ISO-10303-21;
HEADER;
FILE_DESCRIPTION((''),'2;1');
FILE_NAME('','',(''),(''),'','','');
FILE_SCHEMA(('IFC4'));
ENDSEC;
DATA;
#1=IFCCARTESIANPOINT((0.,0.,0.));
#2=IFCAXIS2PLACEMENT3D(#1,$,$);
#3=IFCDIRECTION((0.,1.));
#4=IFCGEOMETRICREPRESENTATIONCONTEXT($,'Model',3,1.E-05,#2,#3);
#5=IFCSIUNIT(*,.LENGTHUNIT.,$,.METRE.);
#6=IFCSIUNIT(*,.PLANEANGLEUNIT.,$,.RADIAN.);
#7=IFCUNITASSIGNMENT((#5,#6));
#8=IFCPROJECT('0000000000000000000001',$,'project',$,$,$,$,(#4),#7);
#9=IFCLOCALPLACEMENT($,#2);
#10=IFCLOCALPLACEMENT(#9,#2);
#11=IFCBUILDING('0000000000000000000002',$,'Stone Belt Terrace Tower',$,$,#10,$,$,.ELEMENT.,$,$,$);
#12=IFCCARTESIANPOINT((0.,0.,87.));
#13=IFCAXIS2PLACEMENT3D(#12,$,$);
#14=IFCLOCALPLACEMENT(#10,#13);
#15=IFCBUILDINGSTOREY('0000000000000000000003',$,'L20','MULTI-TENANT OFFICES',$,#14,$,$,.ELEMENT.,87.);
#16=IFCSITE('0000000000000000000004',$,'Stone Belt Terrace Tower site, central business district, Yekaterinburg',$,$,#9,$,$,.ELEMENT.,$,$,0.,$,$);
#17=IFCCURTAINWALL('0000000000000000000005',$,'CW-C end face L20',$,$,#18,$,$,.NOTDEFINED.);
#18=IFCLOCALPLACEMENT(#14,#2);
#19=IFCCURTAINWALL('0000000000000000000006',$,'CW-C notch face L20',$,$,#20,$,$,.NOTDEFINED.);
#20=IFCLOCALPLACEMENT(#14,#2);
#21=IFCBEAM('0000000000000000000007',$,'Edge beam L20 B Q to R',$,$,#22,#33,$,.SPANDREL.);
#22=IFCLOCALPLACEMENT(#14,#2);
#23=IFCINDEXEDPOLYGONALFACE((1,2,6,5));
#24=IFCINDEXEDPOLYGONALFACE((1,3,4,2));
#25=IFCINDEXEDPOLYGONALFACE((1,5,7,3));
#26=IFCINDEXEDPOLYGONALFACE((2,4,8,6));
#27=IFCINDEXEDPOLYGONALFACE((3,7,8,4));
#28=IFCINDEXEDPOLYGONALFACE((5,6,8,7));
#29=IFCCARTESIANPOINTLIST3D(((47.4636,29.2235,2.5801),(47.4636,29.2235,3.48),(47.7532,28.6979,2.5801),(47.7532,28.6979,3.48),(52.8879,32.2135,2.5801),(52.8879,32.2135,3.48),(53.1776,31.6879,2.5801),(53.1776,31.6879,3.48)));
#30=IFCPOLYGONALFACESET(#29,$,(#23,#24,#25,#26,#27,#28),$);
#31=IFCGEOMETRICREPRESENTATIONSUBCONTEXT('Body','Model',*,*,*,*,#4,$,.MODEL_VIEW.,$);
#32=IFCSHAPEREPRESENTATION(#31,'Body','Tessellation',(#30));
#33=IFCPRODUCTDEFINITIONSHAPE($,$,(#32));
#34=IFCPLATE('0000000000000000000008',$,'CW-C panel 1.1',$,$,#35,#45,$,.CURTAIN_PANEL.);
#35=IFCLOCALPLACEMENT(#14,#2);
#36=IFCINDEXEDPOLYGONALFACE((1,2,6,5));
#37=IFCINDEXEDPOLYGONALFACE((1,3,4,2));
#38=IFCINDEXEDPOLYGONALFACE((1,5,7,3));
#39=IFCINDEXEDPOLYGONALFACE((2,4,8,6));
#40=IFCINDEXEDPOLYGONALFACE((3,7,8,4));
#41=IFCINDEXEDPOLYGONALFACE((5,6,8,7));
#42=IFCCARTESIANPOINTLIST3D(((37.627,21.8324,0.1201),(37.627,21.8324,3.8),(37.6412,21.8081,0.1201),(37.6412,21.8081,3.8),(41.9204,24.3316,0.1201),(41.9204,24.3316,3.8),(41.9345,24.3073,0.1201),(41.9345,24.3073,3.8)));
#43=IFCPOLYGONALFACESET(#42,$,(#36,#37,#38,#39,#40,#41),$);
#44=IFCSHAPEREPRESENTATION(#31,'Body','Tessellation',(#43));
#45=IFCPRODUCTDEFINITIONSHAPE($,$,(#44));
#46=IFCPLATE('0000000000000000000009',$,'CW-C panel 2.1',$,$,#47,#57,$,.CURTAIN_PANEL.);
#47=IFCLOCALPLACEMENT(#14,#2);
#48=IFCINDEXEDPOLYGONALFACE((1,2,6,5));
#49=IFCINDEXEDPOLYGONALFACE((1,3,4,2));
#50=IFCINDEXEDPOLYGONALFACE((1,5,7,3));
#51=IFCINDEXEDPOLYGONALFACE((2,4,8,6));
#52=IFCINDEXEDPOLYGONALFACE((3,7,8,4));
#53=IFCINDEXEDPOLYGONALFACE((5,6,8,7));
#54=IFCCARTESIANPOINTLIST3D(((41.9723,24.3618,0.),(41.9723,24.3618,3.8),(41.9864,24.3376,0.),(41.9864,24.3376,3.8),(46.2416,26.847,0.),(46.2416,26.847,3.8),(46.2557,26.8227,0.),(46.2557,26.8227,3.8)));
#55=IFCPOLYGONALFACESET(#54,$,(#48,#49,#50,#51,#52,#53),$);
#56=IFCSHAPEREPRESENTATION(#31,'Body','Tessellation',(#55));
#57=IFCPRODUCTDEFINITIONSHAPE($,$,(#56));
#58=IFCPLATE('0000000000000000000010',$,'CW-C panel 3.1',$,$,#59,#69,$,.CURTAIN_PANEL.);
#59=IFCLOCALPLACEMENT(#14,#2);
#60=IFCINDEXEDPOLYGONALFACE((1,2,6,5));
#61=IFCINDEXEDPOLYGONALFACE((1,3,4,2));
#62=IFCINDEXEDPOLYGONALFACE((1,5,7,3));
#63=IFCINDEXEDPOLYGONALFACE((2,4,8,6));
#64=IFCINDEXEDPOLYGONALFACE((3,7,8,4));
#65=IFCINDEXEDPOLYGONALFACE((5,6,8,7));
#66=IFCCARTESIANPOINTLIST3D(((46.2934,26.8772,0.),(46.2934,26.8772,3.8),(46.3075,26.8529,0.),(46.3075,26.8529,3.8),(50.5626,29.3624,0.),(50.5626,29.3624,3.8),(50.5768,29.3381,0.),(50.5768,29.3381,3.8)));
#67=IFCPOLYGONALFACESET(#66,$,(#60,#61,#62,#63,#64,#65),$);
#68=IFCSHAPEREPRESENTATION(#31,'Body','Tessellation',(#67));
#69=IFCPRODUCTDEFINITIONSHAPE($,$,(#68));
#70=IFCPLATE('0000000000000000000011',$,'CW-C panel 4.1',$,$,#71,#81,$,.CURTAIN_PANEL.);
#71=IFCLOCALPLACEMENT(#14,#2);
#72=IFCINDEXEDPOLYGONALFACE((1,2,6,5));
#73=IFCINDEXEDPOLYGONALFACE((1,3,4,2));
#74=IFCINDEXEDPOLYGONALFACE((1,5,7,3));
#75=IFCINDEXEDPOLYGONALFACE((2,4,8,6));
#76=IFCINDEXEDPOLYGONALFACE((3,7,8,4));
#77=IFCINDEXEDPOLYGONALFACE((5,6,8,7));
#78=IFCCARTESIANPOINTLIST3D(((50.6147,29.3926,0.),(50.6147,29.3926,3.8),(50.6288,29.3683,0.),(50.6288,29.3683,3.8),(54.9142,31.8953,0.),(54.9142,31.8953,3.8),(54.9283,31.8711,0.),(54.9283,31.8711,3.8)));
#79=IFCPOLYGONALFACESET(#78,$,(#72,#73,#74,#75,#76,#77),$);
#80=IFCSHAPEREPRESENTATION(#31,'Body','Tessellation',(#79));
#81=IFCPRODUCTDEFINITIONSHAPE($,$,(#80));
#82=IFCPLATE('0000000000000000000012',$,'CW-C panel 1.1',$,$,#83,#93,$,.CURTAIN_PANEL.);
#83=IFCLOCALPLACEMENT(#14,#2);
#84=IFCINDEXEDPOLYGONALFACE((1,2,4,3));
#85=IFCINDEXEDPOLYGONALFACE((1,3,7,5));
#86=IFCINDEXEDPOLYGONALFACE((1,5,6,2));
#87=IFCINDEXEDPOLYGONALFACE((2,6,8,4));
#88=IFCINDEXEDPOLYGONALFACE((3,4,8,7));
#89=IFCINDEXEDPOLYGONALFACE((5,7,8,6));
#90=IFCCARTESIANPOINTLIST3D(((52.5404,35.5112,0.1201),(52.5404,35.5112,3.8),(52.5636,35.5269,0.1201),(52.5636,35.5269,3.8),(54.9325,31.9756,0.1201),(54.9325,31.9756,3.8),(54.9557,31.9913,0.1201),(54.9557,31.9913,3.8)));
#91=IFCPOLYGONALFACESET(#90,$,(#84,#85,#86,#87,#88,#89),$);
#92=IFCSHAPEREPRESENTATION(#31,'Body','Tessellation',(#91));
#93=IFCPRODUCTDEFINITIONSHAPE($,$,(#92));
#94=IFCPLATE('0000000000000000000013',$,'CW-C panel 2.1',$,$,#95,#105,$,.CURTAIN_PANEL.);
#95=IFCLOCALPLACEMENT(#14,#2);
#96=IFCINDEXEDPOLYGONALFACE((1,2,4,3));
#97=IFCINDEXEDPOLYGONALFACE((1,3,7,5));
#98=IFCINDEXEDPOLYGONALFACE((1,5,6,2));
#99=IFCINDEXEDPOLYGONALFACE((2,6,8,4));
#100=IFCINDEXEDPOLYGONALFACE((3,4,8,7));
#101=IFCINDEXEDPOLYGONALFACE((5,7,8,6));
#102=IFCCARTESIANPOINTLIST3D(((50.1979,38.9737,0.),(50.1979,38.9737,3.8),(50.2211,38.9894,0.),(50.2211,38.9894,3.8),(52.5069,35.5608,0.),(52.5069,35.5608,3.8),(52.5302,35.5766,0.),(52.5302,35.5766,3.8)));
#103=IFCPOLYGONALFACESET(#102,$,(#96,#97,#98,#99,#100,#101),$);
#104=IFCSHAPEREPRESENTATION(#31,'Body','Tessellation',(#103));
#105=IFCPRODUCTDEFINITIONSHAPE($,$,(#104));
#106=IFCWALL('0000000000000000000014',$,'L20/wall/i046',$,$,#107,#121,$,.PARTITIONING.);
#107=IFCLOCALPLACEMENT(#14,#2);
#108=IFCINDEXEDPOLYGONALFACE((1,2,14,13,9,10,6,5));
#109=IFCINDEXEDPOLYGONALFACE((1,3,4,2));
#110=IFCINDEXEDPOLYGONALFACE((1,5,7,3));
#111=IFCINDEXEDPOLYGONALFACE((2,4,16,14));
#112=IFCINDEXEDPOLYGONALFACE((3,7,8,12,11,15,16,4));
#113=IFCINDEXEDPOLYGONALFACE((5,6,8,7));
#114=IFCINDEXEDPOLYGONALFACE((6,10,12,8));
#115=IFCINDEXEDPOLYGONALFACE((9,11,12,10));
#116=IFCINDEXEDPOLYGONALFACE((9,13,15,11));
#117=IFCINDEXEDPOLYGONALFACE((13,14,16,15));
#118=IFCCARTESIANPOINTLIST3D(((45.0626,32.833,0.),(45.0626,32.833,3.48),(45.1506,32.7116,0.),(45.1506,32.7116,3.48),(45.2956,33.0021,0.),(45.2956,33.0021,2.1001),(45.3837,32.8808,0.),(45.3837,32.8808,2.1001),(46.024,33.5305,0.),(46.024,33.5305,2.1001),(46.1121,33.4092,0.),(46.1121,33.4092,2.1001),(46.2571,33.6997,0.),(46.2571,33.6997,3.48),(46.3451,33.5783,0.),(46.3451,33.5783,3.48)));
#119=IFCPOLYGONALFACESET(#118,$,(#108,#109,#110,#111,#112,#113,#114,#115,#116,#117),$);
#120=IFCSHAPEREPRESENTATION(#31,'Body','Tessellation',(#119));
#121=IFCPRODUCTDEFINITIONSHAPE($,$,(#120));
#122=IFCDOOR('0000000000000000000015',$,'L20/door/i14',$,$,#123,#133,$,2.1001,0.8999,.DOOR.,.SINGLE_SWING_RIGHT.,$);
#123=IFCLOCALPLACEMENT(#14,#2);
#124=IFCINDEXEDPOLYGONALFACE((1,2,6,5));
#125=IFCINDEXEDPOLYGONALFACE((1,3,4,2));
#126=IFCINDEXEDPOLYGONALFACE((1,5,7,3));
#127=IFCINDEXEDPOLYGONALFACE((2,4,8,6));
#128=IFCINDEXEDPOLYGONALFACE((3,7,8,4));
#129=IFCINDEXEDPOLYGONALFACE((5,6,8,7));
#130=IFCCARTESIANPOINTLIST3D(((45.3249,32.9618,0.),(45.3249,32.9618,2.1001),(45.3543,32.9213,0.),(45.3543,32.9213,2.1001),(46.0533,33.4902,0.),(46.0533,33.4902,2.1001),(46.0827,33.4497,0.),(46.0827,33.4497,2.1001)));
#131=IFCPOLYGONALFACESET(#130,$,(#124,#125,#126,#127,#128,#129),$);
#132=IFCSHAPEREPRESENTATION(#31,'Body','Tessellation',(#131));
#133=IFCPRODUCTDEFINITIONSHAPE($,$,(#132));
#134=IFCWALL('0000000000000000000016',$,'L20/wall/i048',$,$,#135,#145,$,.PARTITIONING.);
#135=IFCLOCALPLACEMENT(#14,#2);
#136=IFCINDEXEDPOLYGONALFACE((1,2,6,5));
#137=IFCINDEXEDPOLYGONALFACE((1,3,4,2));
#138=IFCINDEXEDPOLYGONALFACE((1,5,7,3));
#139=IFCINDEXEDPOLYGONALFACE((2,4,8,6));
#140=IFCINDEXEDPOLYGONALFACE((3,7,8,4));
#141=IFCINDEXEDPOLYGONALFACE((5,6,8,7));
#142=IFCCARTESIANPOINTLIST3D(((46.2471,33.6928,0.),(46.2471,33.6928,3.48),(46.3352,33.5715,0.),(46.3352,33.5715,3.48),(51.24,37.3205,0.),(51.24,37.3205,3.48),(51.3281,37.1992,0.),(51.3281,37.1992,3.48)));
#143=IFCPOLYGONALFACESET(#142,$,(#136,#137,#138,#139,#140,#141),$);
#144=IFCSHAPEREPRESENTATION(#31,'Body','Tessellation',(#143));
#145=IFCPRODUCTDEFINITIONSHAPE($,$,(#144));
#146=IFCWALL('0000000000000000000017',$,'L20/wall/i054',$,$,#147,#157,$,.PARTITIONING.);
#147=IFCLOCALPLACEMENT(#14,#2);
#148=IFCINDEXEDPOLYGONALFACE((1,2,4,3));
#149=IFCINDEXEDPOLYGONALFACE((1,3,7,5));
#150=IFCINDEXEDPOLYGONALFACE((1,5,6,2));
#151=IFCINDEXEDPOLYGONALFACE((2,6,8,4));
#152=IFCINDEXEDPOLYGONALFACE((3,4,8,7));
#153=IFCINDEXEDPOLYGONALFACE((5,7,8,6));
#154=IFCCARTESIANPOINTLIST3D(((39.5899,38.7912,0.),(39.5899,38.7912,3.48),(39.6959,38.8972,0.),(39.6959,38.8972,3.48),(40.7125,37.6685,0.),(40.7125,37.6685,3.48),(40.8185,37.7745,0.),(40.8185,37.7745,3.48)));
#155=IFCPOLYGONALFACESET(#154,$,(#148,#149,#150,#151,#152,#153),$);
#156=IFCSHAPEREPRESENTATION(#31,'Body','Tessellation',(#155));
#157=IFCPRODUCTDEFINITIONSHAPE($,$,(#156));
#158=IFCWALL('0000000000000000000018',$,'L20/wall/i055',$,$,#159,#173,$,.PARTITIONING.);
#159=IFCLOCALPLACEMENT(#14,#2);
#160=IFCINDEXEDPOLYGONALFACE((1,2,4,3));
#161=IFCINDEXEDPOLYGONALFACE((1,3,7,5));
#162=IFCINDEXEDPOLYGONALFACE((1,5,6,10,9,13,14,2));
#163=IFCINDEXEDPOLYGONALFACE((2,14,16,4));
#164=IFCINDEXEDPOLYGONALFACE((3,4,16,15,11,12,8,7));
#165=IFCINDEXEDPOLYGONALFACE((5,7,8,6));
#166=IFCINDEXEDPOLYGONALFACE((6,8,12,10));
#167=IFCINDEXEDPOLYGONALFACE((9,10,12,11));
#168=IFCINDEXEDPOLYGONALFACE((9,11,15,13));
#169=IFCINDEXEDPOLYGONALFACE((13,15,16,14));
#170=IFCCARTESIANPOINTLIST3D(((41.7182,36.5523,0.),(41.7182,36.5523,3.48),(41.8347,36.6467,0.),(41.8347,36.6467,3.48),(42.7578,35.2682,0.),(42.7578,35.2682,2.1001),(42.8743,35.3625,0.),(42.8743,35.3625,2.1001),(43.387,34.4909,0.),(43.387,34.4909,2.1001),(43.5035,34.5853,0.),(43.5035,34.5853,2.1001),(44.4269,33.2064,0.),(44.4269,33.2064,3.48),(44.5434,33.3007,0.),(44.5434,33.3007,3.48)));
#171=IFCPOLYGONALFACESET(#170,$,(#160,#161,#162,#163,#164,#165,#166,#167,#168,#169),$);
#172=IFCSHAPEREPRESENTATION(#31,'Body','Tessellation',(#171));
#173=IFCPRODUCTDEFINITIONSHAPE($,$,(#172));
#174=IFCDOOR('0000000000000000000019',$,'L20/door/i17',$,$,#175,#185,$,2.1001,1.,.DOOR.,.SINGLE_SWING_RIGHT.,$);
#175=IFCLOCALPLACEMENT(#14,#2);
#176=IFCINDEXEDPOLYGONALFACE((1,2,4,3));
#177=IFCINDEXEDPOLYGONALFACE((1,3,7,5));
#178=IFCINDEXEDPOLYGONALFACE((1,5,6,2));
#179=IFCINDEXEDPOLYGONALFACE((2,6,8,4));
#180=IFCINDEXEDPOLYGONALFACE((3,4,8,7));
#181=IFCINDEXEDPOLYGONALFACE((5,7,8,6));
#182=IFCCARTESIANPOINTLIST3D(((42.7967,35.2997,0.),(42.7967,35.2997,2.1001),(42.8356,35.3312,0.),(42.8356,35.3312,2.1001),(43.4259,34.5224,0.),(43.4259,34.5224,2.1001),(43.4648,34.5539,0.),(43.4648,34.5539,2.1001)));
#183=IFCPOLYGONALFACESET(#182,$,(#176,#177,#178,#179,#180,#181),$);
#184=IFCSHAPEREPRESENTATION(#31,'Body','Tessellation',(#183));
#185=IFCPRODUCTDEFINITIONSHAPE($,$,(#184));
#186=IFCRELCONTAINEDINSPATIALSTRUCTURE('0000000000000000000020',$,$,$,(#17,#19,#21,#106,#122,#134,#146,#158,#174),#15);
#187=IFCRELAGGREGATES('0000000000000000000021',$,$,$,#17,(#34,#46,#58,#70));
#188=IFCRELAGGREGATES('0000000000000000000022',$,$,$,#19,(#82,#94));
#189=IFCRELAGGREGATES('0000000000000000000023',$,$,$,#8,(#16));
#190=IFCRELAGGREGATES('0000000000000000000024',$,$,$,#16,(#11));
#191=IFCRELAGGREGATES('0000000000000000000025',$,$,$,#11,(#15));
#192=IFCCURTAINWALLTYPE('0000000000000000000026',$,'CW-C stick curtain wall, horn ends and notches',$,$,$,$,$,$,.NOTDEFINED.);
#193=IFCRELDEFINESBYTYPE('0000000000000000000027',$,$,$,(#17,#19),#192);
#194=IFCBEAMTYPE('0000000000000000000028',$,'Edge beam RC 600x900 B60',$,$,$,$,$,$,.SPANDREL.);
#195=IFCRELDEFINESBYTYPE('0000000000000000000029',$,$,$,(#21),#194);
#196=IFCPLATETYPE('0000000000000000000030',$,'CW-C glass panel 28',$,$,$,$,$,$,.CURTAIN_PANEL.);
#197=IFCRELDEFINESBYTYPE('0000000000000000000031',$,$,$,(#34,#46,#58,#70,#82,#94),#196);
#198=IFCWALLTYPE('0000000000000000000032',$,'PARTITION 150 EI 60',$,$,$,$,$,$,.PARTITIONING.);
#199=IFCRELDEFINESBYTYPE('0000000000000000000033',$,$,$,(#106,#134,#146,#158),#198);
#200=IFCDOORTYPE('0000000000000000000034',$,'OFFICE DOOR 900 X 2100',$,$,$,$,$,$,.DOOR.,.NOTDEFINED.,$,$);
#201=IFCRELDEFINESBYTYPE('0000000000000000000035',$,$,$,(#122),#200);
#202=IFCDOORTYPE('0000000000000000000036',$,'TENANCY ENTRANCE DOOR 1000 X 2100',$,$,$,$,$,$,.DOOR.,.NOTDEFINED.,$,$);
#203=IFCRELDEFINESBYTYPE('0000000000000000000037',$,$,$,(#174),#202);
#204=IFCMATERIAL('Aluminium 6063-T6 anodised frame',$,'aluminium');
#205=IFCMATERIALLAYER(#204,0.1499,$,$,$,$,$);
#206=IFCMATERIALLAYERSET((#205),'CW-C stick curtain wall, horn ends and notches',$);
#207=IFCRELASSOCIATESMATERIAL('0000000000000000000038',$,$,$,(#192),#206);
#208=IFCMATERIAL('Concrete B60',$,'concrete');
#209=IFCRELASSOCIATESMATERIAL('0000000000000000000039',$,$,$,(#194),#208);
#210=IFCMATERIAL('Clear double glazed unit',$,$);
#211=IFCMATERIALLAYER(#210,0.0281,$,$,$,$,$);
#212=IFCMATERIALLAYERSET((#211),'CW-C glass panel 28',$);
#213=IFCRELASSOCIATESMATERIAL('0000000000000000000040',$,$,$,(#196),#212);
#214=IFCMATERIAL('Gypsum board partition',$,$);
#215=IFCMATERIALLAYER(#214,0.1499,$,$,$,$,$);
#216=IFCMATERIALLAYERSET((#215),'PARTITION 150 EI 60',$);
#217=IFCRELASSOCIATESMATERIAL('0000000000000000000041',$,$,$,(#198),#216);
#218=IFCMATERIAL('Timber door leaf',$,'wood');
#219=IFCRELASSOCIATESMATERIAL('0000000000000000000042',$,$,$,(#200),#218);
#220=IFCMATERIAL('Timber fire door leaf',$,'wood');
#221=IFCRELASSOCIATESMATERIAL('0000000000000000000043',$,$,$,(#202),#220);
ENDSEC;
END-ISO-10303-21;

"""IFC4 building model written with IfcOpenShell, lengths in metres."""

from ifc_helpers import new_model, si_unit, direction, frame, frame_2d, origin, origin_2d, place, context, subcontext, project, spatial, rectangle, extrude, material, layer, layer_set, material_profile, profile_set, type_object, element, fill, aggregate, save


model = new_model("IFC4")

# Units and contexts
model_context = context("Model", 3, precision=1e-05, world=origin(), true_north=direction((0.0, 1.0)))
body_context = subcontext(model_context, "Body", "Model", "MODEL_VIEW")
ifc_project = project(units=[si_unit("LENGTHUNIT", "METRE"), si_unit("PLANEANGLEUNIT", "RADIAN")], contexts=[model_context])

# Site, building, storey
site_placement = place(None, origin())
site = spatial("IfcSite", under=ifc_project, at=site_placement, Name="Stone Belt Terrace Tower site, central business district, Yekaterinburg", CompositionType="ELEMENT", RefElevation=0.0)
building_placement = place(site_placement, origin())
building = spatial("IfcBuilding", under=site, at=building_placement, Name="Stone Belt Terrace Tower", CompositionType="ELEMENT")
storey_placement = place(building_placement, frame((0.0, 0.0, 87.0)))
storey = spatial("IfcBuildingStorey", under=building, at=storey_placement, Name="L20", Description="MULTI-TENANT OFFICES", CompositionType="ELEMENT", Elevation=87.0)

# Curtain walls
ifc_material_1 = material(Name="Aluminium 6063-T6 anodised frame", Category="aluminium")
ifc_layer_1 = layer(ifc_material_1, 0.1499)
ifc_layer_set_1 = layer_set([ifc_layer_1], Name="CW-C stick curtain wall, horn ends and notches")
curtain_wall_type = type_object("IfcCurtainWallType", Name="CW-C stick curtain wall, horn ends and notches", PredefinedType="NOTDEFINED", material=ifc_layer_set_1)
curtain_wall_1_placement = place(storey_placement, origin())
curtain_wall_1 = element("IfcCurtainWall", 1, at=curtain_wall_1_placement, inside=storey, type_object=curtain_wall_type, Name="CW-C end face L20", PredefinedType="NOTDEFINED")
curtain_wall_2_placement = place(storey_placement, origin())
curtain_wall_2 = element("IfcCurtainWall", 2, at=curtain_wall_2_placement, inside=storey, type_object=curtain_wall_type, Name="CW-C notch face L20", PredefinedType="NOTDEFINED")

# Beam
ifc_material_2 = material(Name="Concrete B60", Category="concrete")
ifc_material_profile_1 = material_profile(ifc_material_2, rectangle(XDim=0.6001, YDim=0.8999, at=origin_2d()), Name="RC 600x900")
ifc_profile_set_1 = profile_set([ifc_material_profile_1], Name="Concrete B60")
beam_type = type_object("IfcBeamType", Name="Edge beam RC 600x900 B60", PredefinedType="SPANDREL", material=ifc_profile_set_1)
beam_1_placement = place(storey_placement, frame((47.6084, 28.9607, 3.03), z_axis=(0.875764, 0.482739, 0.0), x_axis=(-0.482739, 0.875764, 0.0)))
element("IfcBeam", 3, at=beam_1_placement, inside=storey, type_object=beam_type, Name="Edge beam L20 B Q to R", PredefinedType="SPANDREL", context=body_context, shape_type="SweptSolid", body=[
    extrude(rectangle(XDim=0.6001, YDim=0.8999, at=origin_2d()), origin(), (0.0, 0.0, 1.0), 6.1938),
])

# Plates
ifc_material_3 = material(Name="Clear double glazed unit")
ifc_layer_2 = layer(ifc_material_3, 0.0281)
ifc_layer_set_2 = layer_set([ifc_layer_2], Name="CW-C glass panel 28")
plate_type = type_object("IfcPlateType", Name="CW-C glass panel 28", PredefinedType="CURTAIN_PANEL", material=ifc_layer_set_2)
plate_1_placement = place(storey_placement, frame((39.7808, 23.0698, 0.1201), z_axis=(0.0, 0.0, 1.0), x_axis=(0.864239, 0.503081, 0.0)))
plate_1 = element("IfcPlate", 4, at=plate_1_placement, type_object=plate_type, Name="CW-C panel 1.1", PredefinedType="CURTAIN_PANEL", context=body_context, shape_type="SweptSolid", body=[
    extrude(rectangle(XDim=4.9678, YDim=0.0281, at=origin_2d()), origin(), (0.0, 0.0, 1.0), 3.6799),
])
plate_2_placement = place(storey_placement, frame((44.114, 25.5923, 0.0), z_axis=(0.0, 0.0, 1.0), x_axis=(0.864239, 0.503081, 0.0)))
plate_2 = element("IfcPlate", 5, at=plate_2_placement, type_object=plate_type, Name="CW-C panel 2.1", PredefinedType="CURTAIN_PANEL", context=body_context, shape_type="SweptSolid", body=[
    extrude(rectangle(XDim=4.9399, YDim=0.0281, at=origin_2d()), origin(), (0.0, 0.0, 1.0), 3.8),
])
plate_3_placement = place(storey_placement, frame((48.4351, 28.1077, 0.0), z_axis=(0.0, 0.0, 1.0), x_axis=(0.864239, 0.503081, 0.0)))
plate_3 = element("IfcPlate", 6, at=plate_3_placement, type_object=plate_type, Name="CW-C panel 3.1", PredefinedType="CURTAIN_PANEL", context=body_context, shape_type="SweptSolid", body=[
    extrude(rectangle(XDim=4.9399, YDim=0.0281, at=origin_2d()), origin(), (0.0, 0.0, 1.0), 3.8),
])
plate_4_placement = place(storey_placement, frame((52.7715, 30.6318, 0.0), z_axis=(0.0, 0.0, 1.0), x_axis=(0.864239, 0.503081, 0.0)))
plate_4 = element("IfcPlate", 7, at=plate_4_placement, type_object=plate_type, Name="CW-C panel 4.1", PredefinedType="CURTAIN_PANEL", context=body_context, shape_type="SweptSolid", body=[
    extrude(rectangle(XDim=4.9749, YDim=0.0281, at=origin_2d()), origin(), (0.0, 0.0, 1.0), 3.8),
])
aggregate(curtain_wall_1, [plate_1, plate_2, plate_3, plate_4])
plate_5_placement = place(storey_placement, frame((53.748, 33.7512, 0.1201), z_axis=(0.0, 0.0, 1.0), x_axis=(-0.560367, 0.828244, 0.0)))
plate_5 = element("IfcPlate", 8, at=plate_5_placement, type_object=plate_type, Name="CW-C panel 1.1", PredefinedType="CURTAIN_PANEL", context=body_context, shape_type="SweptSolid", body=[
    extrude(rectangle(XDim=4.2688, YDim=0.0281, at=origin_2d()), origin(), (0.0, 0.0, 1.0), 3.6799),
])
plate_6_placement = place(storey_placement, frame((51.364, 37.2751, 0.0), z_axis=(0.0, 0.0, 1.0), x_axis=(-0.560367, 0.828244, 0.0)))
plate_6 = element("IfcPlate", 9, at=plate_6_placement, type_object=plate_type, Name="CW-C panel 2.1", PredefinedType="CURTAIN_PANEL", context=body_context, shape_type="SweptSolid", body=[
    extrude(rectangle(XDim=4.1206, YDim=0.0281, at=origin_2d()), origin(), (0.0, 0.0, 1.0), 3.8),
])
aggregate(curtain_wall_2, [plate_5, plate_6])

# Wall, opening, door
ifc_material_4 = material(Name="Gypsum board partition")
ifc_layer_3 = layer(ifc_material_4, 0.1499)
ifc_layer_set_3 = layer_set([ifc_layer_3], Name="PARTITION 150 EI 60")
wall_type = type_object("IfcWallType", Name="PARTITION 150 EI 60", PredefinedType="PARTITIONING", material=ifc_layer_set_3)
wall_1_placement = place(storey_placement, frame((46.301, 33.6389, 0.0), z_axis=(0.0, 0.0, 1.0), x_axis=(-0.809408, -0.587247, 0.0)))
wall_1 = element("IfcWall", 10, at=wall_1_placement, inside=storey, type_object=wall_type, Name="L20/wall/i046", PredefinedType="PARTITIONING", context=body_context, shape_type="SweptSolid", body=[
    extrude(rectangle(XDim=1.4758, YDim=0.1499, at=frame_2d((0.7378, 0.0))), origin(), (0.0, 0.0, 1.0), 3.48),
])
opening_1_placement = place(wall_1_placement, frame((0.2878, 0.0, 0.0)))
opening_1 = element("IfcOpeningElement", 11, at=opening_1_placement, cuts=wall_1, PredefinedType="OPENING", context=body_context, shape_type="SweptSolid", body=[
    extrude(rectangle(XDim=0.8999, YDim=2.1001, at=frame_2d((0.45, 1.05))), frame((0.0, 0.085, 0.0), z_axis=(0.0, -1.0, 0.0), x_axis=(1.0, 0.0, 0.0)), (0.0, 0.0, 1.0), 0.1699),
])
ifc_material_5 = material(Name="Timber door leaf", Category="wood")
door_type_1 = type_object("IfcDoorType", Name="OFFICE DOOR 900 X 2100", OperationType="NOTDEFINED", PredefinedType="DOOR", material=ifc_material_5)
door_1_placement = place(opening_1_placement, origin())
door_1 = element("IfcDoor", 12, at=door_1_placement, inside=storey, type_object=door_type_1, Name="L20/door/i14", OperationType="SINGLE_SWING_RIGHT", OverallHeight=2.1001, OverallWidth=0.8999, PredefinedType="DOOR", context=body_context, shape_type="SweptSolid", body=[
    extrude(rectangle(XDim=0.8999, YDim=2.1001, at=frame_2d((0.45, 1.05))), frame((0.0, 0.0249, 0.0), z_axis=(0.0, -1.0, 0.0), x_axis=(1.0, 0.0, 0.0)), (0.0, 0.0, 1.0), 0.05),
])
fill(opening_1, door_1)

# Walls
wall_2_placement = place(storey_placement, frame((46.291, 33.6321, 0.0), z_axis=(0.0, 0.0, 1.0), x_axis=(0.809008, 0.587798, 0.0)))
element("IfcWall", 13, at=wall_2_placement, inside=storey, type_object=wall_type, Name="L20/wall/i048", PredefinedType="PARTITIONING", context=body_context, shape_type="SweptSolid", body=[
    extrude(rectangle(XDim=6.1716, YDim=0.1499, at=frame_2d((3.0859, 0.0))), origin(), (0.0, 0.0, 1.0), 3.48),
])
wall_3_placement = place(storey_placement, frame((40.7656, 37.7214, 0.0), z_axis=(0.0, 0.0, 1.0), x_axis=(-0.707107, 0.707107, 0.0)))
element("IfcWall", 14, at=wall_3_placement, inside=storey, type_object=wall_type, Name="L20/wall/i054", PredefinedType="PARTITIONING", context=body_context, shape_type="SweptSolid", body=[
    extrude(rectangle(XDim=1.5876, YDim=0.1499, at=frame_2d((0.7939, 0.0))), origin(), (0.0, 0.0, 1.0), 3.48),
])

# Wall, opening, door
wall_4_placement = place(storey_placement, frame((44.4851, 33.2537, 0.0), z_axis=(0.0, 0.0, 1.0), x_axis=(-0.629215, 0.777232, 0.0)))
wall_4 = element("IfcWall", 15, at=wall_4_placement, inside=storey, type_object=wall_type, Name="L20/wall/i055", PredefinedType="PARTITIONING", context=body_context, shape_type="SweptSolid", body=[
    extrude(rectangle(XDim=4.3049, YDim=0.1499, at=frame_2d((2.1523, 0.0))), origin(), (0.0, 0.0, 1.0), 3.48),
])
opening_2_placement = place(wall_4_placement, frame((1.6526, 0.0, 0.0)))
opening_2 = element("IfcOpeningElement", 16, at=opening_2_placement, cuts=wall_4, PredefinedType="OPENING", context=body_context, shape_type="SweptSolid", body=[
    extrude(rectangle(XDim=1.0, YDim=2.1001, at=frame_2d((0.5, 1.05))), frame((0.0, 0.085, 0.0), z_axis=(0.0, -1.0, 0.0), x_axis=(1.0, 0.0, 0.0)), (0.0, 0.0, 1.0), 0.1699),
])
ifc_material_6 = material(Name="Timber fire door leaf", Category="wood")
door_type_2 = type_object("IfcDoorType", Name="TENANCY ENTRANCE DOOR 1000 X 2100", OperationType="NOTDEFINED", PredefinedType="DOOR", material=ifc_material_6)
door_2_placement = place(opening_2_placement, origin())
door_2 = element("IfcDoor", 17, at=door_2_placement, inside=storey, type_object=door_type_2, Name="L20/door/i17", OperationType="SINGLE_SWING_RIGHT", OverallHeight=2.1001, OverallWidth=1.0, PredefinedType="DOOR", context=body_context, shape_type="SweptSolid", body=[
    extrude(rectangle(XDim=1.0, YDim=2.1001, at=frame_2d((0.5, 1.05))), frame((0.0, 0.0249, 0.0), z_axis=(0.0, -1.0, 0.0), x_axis=(1.0, 0.0, 0.0)), (0.0, 0.0, 1.0), 0.05),
])
fill(opening_2, door_2)

save(model, "model.ifc")
